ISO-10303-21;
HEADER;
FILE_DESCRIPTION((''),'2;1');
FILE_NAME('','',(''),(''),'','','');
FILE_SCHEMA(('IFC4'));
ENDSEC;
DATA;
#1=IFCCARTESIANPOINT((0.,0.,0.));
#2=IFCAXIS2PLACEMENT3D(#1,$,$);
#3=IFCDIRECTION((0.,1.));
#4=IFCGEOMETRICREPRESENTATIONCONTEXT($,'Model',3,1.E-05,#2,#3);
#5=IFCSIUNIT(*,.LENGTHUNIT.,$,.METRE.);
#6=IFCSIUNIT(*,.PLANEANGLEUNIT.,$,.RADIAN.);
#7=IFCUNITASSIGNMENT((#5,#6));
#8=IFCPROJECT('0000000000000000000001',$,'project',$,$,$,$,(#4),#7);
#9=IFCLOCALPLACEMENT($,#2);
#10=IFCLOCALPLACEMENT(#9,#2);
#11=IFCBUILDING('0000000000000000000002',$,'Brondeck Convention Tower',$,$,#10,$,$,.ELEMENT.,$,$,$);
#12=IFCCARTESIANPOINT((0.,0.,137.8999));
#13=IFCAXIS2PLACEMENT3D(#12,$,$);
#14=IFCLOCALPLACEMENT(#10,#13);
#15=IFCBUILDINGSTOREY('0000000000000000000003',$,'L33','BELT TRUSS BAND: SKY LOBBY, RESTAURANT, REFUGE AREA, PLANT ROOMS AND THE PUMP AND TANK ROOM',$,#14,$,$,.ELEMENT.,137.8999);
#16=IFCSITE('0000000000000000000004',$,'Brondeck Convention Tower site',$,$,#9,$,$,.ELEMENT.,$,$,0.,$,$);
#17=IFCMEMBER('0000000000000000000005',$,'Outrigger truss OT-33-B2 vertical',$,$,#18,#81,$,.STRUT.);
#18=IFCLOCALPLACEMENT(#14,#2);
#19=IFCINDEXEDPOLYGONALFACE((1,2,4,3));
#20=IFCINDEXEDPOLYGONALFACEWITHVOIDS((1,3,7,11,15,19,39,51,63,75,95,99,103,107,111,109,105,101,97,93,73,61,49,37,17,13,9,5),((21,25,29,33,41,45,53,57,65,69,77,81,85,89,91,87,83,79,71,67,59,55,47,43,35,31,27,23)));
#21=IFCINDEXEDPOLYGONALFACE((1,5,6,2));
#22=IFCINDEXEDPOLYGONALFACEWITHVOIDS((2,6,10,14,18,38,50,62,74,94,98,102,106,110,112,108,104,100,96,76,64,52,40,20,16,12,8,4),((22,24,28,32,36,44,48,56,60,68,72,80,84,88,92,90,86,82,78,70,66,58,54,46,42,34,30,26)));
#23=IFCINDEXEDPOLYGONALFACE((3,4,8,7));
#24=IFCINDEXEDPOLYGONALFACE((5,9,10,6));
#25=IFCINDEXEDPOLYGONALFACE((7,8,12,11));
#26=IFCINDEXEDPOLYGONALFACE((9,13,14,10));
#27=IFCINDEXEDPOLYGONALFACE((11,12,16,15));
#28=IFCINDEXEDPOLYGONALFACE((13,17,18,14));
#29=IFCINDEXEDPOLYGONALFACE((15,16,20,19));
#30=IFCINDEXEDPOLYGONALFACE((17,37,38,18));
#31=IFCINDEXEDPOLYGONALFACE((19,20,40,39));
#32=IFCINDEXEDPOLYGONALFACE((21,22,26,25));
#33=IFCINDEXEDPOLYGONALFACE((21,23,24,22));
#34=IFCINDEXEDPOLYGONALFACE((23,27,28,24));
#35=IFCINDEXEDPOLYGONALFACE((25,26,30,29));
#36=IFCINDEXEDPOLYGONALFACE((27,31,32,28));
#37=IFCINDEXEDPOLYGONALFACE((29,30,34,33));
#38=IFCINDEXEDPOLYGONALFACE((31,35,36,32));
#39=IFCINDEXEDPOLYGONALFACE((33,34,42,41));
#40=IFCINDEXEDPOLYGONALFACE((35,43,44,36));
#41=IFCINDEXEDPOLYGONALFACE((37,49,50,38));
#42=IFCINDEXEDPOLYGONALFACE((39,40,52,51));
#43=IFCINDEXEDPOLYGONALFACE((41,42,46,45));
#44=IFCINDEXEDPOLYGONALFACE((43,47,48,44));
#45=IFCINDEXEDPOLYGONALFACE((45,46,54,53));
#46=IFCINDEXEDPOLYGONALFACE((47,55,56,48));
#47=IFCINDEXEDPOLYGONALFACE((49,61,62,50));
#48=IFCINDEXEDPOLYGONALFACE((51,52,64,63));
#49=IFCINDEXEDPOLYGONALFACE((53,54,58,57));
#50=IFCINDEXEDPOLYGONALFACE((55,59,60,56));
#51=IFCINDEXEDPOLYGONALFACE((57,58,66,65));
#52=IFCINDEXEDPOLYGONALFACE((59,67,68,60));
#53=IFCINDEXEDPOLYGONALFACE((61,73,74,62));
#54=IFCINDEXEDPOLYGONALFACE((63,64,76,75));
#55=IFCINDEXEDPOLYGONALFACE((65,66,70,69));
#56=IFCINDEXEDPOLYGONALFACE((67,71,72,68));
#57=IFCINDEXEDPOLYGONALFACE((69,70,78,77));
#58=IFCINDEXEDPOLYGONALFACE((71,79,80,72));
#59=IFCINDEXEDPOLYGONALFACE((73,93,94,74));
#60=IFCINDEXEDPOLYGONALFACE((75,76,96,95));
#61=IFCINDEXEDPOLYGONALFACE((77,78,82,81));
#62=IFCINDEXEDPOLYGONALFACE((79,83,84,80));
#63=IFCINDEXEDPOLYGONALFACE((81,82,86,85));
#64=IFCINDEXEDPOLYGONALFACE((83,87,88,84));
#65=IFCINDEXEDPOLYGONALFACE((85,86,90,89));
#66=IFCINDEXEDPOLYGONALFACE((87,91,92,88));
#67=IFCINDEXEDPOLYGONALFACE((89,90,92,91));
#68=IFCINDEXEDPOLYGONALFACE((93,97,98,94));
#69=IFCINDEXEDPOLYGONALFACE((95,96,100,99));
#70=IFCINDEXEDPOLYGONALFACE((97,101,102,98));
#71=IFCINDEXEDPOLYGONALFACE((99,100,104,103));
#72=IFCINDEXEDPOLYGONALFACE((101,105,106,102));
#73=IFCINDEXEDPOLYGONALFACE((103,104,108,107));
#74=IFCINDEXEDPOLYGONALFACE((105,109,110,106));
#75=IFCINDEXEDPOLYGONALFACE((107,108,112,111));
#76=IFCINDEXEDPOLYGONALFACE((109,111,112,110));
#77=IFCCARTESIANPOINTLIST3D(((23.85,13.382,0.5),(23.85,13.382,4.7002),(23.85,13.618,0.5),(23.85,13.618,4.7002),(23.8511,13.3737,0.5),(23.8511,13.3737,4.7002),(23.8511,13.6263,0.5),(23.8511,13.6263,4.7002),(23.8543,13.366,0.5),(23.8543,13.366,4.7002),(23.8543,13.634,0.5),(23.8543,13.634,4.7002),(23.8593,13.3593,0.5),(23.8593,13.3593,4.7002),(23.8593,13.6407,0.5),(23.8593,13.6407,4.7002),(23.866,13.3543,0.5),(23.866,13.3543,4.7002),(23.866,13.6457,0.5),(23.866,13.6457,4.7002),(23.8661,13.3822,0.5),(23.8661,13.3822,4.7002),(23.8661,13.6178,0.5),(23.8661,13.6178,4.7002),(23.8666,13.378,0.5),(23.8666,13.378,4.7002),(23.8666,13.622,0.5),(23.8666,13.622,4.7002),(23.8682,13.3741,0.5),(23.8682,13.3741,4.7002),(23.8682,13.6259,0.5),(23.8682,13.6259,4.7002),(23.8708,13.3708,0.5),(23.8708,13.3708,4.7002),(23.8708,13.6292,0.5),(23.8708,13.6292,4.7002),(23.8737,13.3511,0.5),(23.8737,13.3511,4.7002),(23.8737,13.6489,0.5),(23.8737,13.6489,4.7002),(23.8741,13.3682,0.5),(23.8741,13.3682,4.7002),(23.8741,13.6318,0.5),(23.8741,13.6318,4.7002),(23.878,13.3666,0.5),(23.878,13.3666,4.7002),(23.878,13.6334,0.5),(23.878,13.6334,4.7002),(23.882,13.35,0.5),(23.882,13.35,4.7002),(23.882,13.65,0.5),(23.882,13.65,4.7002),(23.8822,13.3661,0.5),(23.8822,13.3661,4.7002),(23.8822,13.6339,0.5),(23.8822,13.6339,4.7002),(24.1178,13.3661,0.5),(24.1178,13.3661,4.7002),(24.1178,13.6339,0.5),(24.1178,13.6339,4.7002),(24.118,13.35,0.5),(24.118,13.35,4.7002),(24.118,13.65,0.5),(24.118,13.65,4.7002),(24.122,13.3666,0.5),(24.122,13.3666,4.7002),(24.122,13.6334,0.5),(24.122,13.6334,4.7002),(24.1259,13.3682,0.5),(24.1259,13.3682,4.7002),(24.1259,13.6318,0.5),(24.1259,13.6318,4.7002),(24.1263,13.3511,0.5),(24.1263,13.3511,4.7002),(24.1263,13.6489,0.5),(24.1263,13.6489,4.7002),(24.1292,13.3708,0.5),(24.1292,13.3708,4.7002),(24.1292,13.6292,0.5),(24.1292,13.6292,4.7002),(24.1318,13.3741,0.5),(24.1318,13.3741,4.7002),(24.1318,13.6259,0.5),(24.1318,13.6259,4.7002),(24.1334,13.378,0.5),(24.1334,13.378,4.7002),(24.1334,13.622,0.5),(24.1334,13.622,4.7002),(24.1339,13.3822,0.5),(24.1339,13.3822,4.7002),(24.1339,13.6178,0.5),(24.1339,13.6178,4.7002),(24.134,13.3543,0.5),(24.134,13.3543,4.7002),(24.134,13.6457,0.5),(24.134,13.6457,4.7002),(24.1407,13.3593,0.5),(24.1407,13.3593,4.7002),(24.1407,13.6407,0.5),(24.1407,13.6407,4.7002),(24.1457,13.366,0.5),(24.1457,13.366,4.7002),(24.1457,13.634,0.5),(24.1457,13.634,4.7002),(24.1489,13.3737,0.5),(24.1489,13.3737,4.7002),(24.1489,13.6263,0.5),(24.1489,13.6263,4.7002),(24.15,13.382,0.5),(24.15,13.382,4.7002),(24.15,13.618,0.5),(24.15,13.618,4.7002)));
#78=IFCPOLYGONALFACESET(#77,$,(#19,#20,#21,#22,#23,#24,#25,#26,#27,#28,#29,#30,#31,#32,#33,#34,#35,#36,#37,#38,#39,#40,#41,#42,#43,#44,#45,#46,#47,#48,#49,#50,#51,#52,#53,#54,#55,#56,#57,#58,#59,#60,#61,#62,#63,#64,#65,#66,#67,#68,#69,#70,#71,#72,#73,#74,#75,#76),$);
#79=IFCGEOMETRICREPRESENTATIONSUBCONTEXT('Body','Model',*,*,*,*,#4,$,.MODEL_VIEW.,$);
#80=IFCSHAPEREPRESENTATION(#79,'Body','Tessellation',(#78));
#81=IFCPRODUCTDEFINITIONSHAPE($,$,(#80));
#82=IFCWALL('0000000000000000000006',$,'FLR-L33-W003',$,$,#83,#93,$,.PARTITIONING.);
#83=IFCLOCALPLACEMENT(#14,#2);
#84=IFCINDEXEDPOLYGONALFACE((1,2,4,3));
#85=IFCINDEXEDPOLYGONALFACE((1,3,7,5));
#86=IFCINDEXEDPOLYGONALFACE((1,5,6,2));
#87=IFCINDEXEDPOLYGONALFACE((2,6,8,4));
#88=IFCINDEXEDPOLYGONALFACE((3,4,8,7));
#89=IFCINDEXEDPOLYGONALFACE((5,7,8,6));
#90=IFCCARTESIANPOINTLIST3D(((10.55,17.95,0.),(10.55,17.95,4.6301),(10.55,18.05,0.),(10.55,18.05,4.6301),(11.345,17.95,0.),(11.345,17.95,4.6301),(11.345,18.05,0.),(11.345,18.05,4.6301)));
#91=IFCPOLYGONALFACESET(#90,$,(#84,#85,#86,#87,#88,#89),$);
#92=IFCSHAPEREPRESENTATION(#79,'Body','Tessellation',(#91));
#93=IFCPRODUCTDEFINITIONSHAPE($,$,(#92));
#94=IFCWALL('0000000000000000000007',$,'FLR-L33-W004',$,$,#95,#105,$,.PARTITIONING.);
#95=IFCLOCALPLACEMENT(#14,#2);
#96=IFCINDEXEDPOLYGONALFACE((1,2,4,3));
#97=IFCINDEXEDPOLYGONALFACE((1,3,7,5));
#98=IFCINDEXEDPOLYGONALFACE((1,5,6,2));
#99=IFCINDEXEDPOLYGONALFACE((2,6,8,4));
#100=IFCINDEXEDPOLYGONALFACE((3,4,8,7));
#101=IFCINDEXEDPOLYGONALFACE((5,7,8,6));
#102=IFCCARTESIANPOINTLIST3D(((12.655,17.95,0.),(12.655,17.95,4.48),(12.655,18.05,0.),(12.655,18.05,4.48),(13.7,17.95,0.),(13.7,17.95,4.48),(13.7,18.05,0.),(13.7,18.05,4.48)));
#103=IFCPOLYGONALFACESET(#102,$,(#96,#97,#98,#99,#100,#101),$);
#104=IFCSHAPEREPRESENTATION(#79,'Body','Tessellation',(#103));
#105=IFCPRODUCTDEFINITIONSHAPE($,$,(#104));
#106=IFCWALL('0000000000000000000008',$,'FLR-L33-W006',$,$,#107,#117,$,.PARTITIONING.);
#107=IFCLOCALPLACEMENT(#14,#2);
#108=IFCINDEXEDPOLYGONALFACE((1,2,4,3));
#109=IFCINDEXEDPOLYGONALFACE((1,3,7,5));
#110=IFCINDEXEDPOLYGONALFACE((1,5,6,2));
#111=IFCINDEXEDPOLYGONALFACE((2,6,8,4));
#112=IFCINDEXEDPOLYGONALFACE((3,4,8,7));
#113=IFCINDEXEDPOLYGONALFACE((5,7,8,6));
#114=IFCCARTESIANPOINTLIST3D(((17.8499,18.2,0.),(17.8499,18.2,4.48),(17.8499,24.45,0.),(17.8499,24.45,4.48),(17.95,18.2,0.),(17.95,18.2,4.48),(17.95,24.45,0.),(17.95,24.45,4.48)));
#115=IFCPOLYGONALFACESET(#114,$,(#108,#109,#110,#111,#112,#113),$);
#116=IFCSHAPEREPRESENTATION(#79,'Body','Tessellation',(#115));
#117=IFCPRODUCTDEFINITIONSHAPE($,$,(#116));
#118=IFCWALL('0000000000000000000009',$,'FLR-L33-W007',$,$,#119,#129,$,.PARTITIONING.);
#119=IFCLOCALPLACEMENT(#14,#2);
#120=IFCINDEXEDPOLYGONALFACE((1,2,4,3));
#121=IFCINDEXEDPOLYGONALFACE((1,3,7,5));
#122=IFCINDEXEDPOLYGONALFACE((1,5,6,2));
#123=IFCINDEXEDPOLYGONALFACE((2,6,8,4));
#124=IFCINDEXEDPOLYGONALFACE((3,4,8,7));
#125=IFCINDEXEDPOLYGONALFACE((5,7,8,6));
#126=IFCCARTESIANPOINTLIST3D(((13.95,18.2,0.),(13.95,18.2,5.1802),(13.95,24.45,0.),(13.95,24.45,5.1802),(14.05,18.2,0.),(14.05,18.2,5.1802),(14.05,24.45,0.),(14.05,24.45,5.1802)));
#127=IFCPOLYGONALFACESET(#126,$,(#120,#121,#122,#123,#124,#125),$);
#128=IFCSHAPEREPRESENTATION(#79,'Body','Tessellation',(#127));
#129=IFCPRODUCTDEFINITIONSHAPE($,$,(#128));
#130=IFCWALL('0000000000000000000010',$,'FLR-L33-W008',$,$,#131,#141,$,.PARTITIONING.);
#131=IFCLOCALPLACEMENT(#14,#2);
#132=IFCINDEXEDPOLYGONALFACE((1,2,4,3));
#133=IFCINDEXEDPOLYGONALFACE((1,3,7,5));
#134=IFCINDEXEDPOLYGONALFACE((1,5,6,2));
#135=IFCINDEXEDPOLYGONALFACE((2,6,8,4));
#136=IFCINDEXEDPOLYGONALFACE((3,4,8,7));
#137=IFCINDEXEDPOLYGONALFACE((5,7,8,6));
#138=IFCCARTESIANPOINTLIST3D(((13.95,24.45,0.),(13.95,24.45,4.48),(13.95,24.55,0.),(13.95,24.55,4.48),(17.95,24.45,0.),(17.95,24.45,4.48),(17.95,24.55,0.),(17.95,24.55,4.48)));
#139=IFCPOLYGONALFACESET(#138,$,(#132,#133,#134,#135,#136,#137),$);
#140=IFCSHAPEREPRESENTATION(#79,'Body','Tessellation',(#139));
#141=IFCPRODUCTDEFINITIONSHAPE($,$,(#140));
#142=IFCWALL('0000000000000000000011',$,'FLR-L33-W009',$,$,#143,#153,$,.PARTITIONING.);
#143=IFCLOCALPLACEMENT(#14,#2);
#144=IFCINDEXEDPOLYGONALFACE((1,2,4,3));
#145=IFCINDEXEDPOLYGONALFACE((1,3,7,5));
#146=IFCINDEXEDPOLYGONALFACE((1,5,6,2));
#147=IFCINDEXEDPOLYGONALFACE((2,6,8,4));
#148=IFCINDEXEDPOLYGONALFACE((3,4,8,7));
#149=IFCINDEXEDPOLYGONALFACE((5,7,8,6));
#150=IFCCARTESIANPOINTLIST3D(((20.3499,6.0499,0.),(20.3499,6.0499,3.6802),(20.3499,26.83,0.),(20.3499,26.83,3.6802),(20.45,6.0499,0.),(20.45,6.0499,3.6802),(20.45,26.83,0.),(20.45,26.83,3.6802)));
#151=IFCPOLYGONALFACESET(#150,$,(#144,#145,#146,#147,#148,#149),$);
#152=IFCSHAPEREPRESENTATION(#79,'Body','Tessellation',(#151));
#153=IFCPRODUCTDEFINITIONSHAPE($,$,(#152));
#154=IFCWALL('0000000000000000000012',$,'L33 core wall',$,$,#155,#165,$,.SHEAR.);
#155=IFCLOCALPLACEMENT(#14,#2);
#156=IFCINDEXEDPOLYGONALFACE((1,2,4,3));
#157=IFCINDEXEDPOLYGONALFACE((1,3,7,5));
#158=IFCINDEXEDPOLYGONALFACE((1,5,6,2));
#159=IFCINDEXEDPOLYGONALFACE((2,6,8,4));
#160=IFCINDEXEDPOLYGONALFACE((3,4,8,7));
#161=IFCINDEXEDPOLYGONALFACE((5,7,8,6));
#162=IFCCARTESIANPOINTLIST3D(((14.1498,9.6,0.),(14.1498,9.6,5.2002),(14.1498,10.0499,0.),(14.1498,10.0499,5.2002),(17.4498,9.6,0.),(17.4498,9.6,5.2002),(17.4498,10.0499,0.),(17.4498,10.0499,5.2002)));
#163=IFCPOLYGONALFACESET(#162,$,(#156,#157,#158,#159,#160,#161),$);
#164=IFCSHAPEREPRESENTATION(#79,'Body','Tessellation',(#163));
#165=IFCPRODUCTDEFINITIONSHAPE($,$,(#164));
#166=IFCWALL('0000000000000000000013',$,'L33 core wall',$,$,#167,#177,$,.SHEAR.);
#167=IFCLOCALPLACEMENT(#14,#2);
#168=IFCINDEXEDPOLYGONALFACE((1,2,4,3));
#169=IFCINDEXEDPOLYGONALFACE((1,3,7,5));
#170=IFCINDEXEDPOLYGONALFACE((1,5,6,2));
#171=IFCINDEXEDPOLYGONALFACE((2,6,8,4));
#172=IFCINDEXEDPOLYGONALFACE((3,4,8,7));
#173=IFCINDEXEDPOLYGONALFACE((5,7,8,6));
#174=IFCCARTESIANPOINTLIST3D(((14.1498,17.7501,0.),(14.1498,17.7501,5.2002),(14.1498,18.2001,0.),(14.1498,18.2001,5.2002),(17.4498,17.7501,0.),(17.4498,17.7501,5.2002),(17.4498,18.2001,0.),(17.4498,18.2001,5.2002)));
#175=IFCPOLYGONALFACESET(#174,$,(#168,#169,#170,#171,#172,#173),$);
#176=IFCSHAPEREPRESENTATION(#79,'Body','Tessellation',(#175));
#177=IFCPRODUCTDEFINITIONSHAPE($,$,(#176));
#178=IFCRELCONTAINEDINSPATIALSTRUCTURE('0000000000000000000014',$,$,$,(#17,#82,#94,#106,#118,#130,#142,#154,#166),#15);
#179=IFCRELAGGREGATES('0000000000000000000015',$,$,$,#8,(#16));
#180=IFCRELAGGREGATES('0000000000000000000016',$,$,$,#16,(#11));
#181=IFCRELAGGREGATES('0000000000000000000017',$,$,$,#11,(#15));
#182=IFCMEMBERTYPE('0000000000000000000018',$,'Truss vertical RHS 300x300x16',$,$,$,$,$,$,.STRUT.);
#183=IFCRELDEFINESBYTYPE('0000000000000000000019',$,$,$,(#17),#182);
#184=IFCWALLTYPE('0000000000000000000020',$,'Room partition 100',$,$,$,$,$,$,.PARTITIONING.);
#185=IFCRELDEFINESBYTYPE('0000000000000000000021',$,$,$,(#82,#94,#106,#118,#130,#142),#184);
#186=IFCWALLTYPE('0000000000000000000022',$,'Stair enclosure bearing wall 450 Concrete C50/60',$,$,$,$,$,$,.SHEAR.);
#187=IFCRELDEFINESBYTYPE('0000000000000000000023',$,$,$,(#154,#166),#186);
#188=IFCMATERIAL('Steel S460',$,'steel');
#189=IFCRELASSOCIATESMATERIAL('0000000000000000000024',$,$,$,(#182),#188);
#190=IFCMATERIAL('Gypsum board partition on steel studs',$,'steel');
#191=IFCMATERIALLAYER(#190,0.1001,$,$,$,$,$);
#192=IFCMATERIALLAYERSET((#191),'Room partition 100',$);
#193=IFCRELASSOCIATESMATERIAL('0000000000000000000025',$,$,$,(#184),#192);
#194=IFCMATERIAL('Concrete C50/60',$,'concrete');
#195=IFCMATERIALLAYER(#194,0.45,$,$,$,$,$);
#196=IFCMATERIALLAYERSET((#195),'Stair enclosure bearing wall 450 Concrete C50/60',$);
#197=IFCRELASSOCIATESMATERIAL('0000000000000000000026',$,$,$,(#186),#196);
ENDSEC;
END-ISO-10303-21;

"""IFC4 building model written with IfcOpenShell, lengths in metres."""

from ifc_helpers import new_model, si_unit, direction, frame, frame_2d, origin, origin_2d, place, context, subcontext, project, spatial, rectangle, hollow_rectangle, extrude, material, layer, layer_set, material_profile, profile_set, type_object, element, save


model = new_model("IFC4")

# Units and contexts
model_context = context("Model", 3, precision=1e-05, world=origin(), true_north=direction((0.0, 1.0)))
body_context = subcontext(model_context, "Body", "Model", "MODEL_VIEW")
ifc_project = project(units=[si_unit("LENGTHUNIT", "METRE"), si_unit("PLANEANGLEUNIT", "RADIAN")], contexts=[model_context])

# Site, building, storey
site_placement = place(None, origin())
site = spatial("IfcSite", under=ifc_project, at=site_placement, Name="Brondeck Convention Tower site", CompositionType="ELEMENT", RefElevation=0.0)
building_placement = place(site_placement, origin())
building = spatial("IfcBuilding", under=site, at=building_placement, Name="Brondeck Convention Tower", CompositionType="ELEMENT")
storey_placement = place(building_placement, frame((0.0, 0.0, 137.8999)))
storey = spatial("IfcBuildingStorey", under=building, at=storey_placement, Name="L33", Description="BELT TRUSS BAND: SKY LOBBY, RESTAURANT, REFUGE AREA, PLANT ROOMS AND THE PUMP AND TANK ROOM", CompositionType="ELEMENT", Elevation=137.8999)

# Member
ifc_material_1 = material(Name="Steel S460", Category="steel")
ifc_material_profile_1 = material_profile(ifc_material_1, hollow_rectangle(XDim=0.3, YDim=0.3, WallThickness=0.0161, InnerFilletRadius=0.0161, OuterFilletRadius=0.032, at=origin_2d()), Name="RHS 300x300x16")
ifc_profile_set_1 = profile_set([ifc_material_profile_1], Name="Steel S460")
member_type_1 = type_object("IfcMemberType", Name="Truss vertical RHS 300x300x16", PredefinedType="STRUT", material=ifc_profile_set_1)
for number, where, z_axis, x_axis, name in (
    (1, (24.0, 13.5, 0.5), (0.0, 0.0, 1.0), (1.0, 0.0, 0.0), "Outrigger truss OT-33-B2 vertical"),
):
    element("IfcMember", number, at=place(storey_placement, frame(where, z_axis=z_axis, x_axis=x_axis)), inside=storey, type_object=member_type_1, Name=name, PredefinedType="STRUT", context=body_context, shape_type="SweptSolid", body=[
        extrude(hollow_rectangle(XDim=0.3, YDim=0.3, WallThickness=0.0161, InnerFilletRadius=0.0161, OuterFilletRadius=0.032, at=origin_2d()), origin(), (0.0, 0.0, 1.0), 4.2002),
    ])

# Walls
ifc_material_2 = material(Name="Gypsum board partition on steel studs", Category="steel")
ifc_layer_1 = layer(ifc_material_2, 0.1001)
ifc_layer_set_1 = layer_set([ifc_layer_1], Name="Room partition 100")
wall_type_1 = type_object("IfcWallType", Name="Room partition 100", PredefinedType="PARTITIONING", material=ifc_layer_set_1)
wall_1_placement = place(storey_placement, frame((11.345, 18.0, 0.0), z_axis=(0.0, 0.0, 1.0), x_axis=(-1.0, 0.0, 0.0)))
element("IfcWall", 2, at=wall_1_placement, inside=storey, type_object=wall_type_1, Name="FLR-L33-W003", PredefinedType="PARTITIONING", context=body_context, shape_type="SweptSolid", body=[
    extrude(rectangle(XDim=0.7949, YDim=0.1001, at=frame_2d((0.3975, 0.0))), origin(), (0.0, 0.0, 1.0), 4.6301),
])
wall_2_placement = place(storey_placement, frame((13.7, 18.0, 0.0), z_axis=(0.0, 0.0, 1.0), x_axis=(-1.0, 0.0, 0.0)))
element("IfcWall", 3, at=wall_2_placement, inside=storey, type_object=wall_type_1, Name="FLR-L33-W004", PredefinedType="PARTITIONING", context=body_context, shape_type="SweptSolid", body=[
    extrude(rectangle(XDim=1.0449, YDim=0.1001, at=frame_2d((0.5225, 0.0))), origin(), (0.0, 0.0, 1.0), 4.48),
])
wall_3_placement = place(storey_placement, frame((17.8999, 18.2, 0.0), z_axis=(0.0, 0.0, 1.0), x_axis=(0.0, 1.0, 0.0)))
element("IfcWall", 4, at=wall_3_placement, inside=storey, type_object=wall_type_1, Name="FLR-L33-W006", PredefinedType="PARTITIONING", context=body_context, shape_type="SweptSolid", body=[
    extrude(rectangle(XDim=6.25, YDim=0.1001, at=frame_2d((3.125, 0.0))), origin(), (0.0, 0.0, 1.0), 4.48),
])
wall_4_placement = place(storey_placement, frame((14.0, 24.45, 0.0), z_axis=(0.0, 0.0, 1.0), x_axis=(0.0, -1.0, 0.0)))
element("IfcWall", 5, at=wall_4_placement, inside=storey, type_object=wall_type_1, Name="FLR-L33-W007", PredefinedType="PARTITIONING", context=body_context, shape_type="SweptSolid", body=[
    extrude(rectangle(XDim=6.25, YDim=0.1001, at=frame_2d((3.125, 0.0))), origin(), (0.0, 0.0, 1.0), 5.1802),
])
wall_5_placement = place(storey_placement, frame((17.95, 24.5, 0.0), z_axis=(0.0, 0.0, 1.0), x_axis=(-1.0, 0.0, 0.0)))
element("IfcWall", 6, at=wall_5_placement, inside=storey, type_object=wall_type_1, Name="FLR-L33-W008", PredefinedType="PARTITIONING", context=body_context, shape_type="SweptSolid", body=[
    extrude(rectangle(XDim=4.0, YDim=0.1001, at=frame_2d((2.0, 0.0))), origin(), (0.0, 0.0, 1.0), 4.48),
])
wall_6_placement = place(storey_placement, frame((20.3999, 26.8301, 0.0), z_axis=(0.0, 0.0, 1.0), x_axis=(0.0, -1.0, 0.0)))
element("IfcWall", 7, at=wall_6_placement, inside=storey, type_object=wall_type_1, Name="FLR-L33-W009", PredefinedType="PARTITIONING", context=body_context, shape_type="SweptSolid", body=[
    extrude(rectangle(XDim=20.78, YDim=0.1001, at=frame_2d((10.3901, 0.0))), origin(), (0.0, 0.0, 1.0), 3.6802),
])
ifc_material_3 = material(Name="Concrete C50/60", Category="concrete")
ifc_layer_2 = layer(ifc_material_3, 0.45)
ifc_layer_set_2 = layer_set([ifc_layer_2], Name="Stair enclosure bearing wall 450 Concrete C50/60")
wall_type_2 = type_object("IfcWallType", Name="Stair enclosure bearing wall 450 Concrete C50/60", PredefinedType="SHEAR", material=ifc_layer_set_2)
for number, where, z_axis, x_axis, name in (
    (8, (14.1499, 9.825, 0.0), (0.0, 0.0, 1.0), (1.0, 0.0, 0.0), "L33 core wall"),
    (9, (14.1499, 17.9751, 0.0), (0.0, 0.0, 1.0), (1.0, 0.0, 0.0), "L33 core wall"),
):
    element("IfcWall", number, at=place(storey_placement, frame(where, z_axis=z_axis, x_axis=x_axis)), inside=storey, type_object=wall_type_2, Name=name, PredefinedType="SHEAR", context=body_context, shape_type="SweptSolid", body=[
        extrude(rectangle(XDim=3.3, YDim=0.45, at=frame_2d((1.6499, 0.0))), origin(), (0.0, 0.0, 1.0), 5.2002),
    ])

save(model, "model.ifc")
